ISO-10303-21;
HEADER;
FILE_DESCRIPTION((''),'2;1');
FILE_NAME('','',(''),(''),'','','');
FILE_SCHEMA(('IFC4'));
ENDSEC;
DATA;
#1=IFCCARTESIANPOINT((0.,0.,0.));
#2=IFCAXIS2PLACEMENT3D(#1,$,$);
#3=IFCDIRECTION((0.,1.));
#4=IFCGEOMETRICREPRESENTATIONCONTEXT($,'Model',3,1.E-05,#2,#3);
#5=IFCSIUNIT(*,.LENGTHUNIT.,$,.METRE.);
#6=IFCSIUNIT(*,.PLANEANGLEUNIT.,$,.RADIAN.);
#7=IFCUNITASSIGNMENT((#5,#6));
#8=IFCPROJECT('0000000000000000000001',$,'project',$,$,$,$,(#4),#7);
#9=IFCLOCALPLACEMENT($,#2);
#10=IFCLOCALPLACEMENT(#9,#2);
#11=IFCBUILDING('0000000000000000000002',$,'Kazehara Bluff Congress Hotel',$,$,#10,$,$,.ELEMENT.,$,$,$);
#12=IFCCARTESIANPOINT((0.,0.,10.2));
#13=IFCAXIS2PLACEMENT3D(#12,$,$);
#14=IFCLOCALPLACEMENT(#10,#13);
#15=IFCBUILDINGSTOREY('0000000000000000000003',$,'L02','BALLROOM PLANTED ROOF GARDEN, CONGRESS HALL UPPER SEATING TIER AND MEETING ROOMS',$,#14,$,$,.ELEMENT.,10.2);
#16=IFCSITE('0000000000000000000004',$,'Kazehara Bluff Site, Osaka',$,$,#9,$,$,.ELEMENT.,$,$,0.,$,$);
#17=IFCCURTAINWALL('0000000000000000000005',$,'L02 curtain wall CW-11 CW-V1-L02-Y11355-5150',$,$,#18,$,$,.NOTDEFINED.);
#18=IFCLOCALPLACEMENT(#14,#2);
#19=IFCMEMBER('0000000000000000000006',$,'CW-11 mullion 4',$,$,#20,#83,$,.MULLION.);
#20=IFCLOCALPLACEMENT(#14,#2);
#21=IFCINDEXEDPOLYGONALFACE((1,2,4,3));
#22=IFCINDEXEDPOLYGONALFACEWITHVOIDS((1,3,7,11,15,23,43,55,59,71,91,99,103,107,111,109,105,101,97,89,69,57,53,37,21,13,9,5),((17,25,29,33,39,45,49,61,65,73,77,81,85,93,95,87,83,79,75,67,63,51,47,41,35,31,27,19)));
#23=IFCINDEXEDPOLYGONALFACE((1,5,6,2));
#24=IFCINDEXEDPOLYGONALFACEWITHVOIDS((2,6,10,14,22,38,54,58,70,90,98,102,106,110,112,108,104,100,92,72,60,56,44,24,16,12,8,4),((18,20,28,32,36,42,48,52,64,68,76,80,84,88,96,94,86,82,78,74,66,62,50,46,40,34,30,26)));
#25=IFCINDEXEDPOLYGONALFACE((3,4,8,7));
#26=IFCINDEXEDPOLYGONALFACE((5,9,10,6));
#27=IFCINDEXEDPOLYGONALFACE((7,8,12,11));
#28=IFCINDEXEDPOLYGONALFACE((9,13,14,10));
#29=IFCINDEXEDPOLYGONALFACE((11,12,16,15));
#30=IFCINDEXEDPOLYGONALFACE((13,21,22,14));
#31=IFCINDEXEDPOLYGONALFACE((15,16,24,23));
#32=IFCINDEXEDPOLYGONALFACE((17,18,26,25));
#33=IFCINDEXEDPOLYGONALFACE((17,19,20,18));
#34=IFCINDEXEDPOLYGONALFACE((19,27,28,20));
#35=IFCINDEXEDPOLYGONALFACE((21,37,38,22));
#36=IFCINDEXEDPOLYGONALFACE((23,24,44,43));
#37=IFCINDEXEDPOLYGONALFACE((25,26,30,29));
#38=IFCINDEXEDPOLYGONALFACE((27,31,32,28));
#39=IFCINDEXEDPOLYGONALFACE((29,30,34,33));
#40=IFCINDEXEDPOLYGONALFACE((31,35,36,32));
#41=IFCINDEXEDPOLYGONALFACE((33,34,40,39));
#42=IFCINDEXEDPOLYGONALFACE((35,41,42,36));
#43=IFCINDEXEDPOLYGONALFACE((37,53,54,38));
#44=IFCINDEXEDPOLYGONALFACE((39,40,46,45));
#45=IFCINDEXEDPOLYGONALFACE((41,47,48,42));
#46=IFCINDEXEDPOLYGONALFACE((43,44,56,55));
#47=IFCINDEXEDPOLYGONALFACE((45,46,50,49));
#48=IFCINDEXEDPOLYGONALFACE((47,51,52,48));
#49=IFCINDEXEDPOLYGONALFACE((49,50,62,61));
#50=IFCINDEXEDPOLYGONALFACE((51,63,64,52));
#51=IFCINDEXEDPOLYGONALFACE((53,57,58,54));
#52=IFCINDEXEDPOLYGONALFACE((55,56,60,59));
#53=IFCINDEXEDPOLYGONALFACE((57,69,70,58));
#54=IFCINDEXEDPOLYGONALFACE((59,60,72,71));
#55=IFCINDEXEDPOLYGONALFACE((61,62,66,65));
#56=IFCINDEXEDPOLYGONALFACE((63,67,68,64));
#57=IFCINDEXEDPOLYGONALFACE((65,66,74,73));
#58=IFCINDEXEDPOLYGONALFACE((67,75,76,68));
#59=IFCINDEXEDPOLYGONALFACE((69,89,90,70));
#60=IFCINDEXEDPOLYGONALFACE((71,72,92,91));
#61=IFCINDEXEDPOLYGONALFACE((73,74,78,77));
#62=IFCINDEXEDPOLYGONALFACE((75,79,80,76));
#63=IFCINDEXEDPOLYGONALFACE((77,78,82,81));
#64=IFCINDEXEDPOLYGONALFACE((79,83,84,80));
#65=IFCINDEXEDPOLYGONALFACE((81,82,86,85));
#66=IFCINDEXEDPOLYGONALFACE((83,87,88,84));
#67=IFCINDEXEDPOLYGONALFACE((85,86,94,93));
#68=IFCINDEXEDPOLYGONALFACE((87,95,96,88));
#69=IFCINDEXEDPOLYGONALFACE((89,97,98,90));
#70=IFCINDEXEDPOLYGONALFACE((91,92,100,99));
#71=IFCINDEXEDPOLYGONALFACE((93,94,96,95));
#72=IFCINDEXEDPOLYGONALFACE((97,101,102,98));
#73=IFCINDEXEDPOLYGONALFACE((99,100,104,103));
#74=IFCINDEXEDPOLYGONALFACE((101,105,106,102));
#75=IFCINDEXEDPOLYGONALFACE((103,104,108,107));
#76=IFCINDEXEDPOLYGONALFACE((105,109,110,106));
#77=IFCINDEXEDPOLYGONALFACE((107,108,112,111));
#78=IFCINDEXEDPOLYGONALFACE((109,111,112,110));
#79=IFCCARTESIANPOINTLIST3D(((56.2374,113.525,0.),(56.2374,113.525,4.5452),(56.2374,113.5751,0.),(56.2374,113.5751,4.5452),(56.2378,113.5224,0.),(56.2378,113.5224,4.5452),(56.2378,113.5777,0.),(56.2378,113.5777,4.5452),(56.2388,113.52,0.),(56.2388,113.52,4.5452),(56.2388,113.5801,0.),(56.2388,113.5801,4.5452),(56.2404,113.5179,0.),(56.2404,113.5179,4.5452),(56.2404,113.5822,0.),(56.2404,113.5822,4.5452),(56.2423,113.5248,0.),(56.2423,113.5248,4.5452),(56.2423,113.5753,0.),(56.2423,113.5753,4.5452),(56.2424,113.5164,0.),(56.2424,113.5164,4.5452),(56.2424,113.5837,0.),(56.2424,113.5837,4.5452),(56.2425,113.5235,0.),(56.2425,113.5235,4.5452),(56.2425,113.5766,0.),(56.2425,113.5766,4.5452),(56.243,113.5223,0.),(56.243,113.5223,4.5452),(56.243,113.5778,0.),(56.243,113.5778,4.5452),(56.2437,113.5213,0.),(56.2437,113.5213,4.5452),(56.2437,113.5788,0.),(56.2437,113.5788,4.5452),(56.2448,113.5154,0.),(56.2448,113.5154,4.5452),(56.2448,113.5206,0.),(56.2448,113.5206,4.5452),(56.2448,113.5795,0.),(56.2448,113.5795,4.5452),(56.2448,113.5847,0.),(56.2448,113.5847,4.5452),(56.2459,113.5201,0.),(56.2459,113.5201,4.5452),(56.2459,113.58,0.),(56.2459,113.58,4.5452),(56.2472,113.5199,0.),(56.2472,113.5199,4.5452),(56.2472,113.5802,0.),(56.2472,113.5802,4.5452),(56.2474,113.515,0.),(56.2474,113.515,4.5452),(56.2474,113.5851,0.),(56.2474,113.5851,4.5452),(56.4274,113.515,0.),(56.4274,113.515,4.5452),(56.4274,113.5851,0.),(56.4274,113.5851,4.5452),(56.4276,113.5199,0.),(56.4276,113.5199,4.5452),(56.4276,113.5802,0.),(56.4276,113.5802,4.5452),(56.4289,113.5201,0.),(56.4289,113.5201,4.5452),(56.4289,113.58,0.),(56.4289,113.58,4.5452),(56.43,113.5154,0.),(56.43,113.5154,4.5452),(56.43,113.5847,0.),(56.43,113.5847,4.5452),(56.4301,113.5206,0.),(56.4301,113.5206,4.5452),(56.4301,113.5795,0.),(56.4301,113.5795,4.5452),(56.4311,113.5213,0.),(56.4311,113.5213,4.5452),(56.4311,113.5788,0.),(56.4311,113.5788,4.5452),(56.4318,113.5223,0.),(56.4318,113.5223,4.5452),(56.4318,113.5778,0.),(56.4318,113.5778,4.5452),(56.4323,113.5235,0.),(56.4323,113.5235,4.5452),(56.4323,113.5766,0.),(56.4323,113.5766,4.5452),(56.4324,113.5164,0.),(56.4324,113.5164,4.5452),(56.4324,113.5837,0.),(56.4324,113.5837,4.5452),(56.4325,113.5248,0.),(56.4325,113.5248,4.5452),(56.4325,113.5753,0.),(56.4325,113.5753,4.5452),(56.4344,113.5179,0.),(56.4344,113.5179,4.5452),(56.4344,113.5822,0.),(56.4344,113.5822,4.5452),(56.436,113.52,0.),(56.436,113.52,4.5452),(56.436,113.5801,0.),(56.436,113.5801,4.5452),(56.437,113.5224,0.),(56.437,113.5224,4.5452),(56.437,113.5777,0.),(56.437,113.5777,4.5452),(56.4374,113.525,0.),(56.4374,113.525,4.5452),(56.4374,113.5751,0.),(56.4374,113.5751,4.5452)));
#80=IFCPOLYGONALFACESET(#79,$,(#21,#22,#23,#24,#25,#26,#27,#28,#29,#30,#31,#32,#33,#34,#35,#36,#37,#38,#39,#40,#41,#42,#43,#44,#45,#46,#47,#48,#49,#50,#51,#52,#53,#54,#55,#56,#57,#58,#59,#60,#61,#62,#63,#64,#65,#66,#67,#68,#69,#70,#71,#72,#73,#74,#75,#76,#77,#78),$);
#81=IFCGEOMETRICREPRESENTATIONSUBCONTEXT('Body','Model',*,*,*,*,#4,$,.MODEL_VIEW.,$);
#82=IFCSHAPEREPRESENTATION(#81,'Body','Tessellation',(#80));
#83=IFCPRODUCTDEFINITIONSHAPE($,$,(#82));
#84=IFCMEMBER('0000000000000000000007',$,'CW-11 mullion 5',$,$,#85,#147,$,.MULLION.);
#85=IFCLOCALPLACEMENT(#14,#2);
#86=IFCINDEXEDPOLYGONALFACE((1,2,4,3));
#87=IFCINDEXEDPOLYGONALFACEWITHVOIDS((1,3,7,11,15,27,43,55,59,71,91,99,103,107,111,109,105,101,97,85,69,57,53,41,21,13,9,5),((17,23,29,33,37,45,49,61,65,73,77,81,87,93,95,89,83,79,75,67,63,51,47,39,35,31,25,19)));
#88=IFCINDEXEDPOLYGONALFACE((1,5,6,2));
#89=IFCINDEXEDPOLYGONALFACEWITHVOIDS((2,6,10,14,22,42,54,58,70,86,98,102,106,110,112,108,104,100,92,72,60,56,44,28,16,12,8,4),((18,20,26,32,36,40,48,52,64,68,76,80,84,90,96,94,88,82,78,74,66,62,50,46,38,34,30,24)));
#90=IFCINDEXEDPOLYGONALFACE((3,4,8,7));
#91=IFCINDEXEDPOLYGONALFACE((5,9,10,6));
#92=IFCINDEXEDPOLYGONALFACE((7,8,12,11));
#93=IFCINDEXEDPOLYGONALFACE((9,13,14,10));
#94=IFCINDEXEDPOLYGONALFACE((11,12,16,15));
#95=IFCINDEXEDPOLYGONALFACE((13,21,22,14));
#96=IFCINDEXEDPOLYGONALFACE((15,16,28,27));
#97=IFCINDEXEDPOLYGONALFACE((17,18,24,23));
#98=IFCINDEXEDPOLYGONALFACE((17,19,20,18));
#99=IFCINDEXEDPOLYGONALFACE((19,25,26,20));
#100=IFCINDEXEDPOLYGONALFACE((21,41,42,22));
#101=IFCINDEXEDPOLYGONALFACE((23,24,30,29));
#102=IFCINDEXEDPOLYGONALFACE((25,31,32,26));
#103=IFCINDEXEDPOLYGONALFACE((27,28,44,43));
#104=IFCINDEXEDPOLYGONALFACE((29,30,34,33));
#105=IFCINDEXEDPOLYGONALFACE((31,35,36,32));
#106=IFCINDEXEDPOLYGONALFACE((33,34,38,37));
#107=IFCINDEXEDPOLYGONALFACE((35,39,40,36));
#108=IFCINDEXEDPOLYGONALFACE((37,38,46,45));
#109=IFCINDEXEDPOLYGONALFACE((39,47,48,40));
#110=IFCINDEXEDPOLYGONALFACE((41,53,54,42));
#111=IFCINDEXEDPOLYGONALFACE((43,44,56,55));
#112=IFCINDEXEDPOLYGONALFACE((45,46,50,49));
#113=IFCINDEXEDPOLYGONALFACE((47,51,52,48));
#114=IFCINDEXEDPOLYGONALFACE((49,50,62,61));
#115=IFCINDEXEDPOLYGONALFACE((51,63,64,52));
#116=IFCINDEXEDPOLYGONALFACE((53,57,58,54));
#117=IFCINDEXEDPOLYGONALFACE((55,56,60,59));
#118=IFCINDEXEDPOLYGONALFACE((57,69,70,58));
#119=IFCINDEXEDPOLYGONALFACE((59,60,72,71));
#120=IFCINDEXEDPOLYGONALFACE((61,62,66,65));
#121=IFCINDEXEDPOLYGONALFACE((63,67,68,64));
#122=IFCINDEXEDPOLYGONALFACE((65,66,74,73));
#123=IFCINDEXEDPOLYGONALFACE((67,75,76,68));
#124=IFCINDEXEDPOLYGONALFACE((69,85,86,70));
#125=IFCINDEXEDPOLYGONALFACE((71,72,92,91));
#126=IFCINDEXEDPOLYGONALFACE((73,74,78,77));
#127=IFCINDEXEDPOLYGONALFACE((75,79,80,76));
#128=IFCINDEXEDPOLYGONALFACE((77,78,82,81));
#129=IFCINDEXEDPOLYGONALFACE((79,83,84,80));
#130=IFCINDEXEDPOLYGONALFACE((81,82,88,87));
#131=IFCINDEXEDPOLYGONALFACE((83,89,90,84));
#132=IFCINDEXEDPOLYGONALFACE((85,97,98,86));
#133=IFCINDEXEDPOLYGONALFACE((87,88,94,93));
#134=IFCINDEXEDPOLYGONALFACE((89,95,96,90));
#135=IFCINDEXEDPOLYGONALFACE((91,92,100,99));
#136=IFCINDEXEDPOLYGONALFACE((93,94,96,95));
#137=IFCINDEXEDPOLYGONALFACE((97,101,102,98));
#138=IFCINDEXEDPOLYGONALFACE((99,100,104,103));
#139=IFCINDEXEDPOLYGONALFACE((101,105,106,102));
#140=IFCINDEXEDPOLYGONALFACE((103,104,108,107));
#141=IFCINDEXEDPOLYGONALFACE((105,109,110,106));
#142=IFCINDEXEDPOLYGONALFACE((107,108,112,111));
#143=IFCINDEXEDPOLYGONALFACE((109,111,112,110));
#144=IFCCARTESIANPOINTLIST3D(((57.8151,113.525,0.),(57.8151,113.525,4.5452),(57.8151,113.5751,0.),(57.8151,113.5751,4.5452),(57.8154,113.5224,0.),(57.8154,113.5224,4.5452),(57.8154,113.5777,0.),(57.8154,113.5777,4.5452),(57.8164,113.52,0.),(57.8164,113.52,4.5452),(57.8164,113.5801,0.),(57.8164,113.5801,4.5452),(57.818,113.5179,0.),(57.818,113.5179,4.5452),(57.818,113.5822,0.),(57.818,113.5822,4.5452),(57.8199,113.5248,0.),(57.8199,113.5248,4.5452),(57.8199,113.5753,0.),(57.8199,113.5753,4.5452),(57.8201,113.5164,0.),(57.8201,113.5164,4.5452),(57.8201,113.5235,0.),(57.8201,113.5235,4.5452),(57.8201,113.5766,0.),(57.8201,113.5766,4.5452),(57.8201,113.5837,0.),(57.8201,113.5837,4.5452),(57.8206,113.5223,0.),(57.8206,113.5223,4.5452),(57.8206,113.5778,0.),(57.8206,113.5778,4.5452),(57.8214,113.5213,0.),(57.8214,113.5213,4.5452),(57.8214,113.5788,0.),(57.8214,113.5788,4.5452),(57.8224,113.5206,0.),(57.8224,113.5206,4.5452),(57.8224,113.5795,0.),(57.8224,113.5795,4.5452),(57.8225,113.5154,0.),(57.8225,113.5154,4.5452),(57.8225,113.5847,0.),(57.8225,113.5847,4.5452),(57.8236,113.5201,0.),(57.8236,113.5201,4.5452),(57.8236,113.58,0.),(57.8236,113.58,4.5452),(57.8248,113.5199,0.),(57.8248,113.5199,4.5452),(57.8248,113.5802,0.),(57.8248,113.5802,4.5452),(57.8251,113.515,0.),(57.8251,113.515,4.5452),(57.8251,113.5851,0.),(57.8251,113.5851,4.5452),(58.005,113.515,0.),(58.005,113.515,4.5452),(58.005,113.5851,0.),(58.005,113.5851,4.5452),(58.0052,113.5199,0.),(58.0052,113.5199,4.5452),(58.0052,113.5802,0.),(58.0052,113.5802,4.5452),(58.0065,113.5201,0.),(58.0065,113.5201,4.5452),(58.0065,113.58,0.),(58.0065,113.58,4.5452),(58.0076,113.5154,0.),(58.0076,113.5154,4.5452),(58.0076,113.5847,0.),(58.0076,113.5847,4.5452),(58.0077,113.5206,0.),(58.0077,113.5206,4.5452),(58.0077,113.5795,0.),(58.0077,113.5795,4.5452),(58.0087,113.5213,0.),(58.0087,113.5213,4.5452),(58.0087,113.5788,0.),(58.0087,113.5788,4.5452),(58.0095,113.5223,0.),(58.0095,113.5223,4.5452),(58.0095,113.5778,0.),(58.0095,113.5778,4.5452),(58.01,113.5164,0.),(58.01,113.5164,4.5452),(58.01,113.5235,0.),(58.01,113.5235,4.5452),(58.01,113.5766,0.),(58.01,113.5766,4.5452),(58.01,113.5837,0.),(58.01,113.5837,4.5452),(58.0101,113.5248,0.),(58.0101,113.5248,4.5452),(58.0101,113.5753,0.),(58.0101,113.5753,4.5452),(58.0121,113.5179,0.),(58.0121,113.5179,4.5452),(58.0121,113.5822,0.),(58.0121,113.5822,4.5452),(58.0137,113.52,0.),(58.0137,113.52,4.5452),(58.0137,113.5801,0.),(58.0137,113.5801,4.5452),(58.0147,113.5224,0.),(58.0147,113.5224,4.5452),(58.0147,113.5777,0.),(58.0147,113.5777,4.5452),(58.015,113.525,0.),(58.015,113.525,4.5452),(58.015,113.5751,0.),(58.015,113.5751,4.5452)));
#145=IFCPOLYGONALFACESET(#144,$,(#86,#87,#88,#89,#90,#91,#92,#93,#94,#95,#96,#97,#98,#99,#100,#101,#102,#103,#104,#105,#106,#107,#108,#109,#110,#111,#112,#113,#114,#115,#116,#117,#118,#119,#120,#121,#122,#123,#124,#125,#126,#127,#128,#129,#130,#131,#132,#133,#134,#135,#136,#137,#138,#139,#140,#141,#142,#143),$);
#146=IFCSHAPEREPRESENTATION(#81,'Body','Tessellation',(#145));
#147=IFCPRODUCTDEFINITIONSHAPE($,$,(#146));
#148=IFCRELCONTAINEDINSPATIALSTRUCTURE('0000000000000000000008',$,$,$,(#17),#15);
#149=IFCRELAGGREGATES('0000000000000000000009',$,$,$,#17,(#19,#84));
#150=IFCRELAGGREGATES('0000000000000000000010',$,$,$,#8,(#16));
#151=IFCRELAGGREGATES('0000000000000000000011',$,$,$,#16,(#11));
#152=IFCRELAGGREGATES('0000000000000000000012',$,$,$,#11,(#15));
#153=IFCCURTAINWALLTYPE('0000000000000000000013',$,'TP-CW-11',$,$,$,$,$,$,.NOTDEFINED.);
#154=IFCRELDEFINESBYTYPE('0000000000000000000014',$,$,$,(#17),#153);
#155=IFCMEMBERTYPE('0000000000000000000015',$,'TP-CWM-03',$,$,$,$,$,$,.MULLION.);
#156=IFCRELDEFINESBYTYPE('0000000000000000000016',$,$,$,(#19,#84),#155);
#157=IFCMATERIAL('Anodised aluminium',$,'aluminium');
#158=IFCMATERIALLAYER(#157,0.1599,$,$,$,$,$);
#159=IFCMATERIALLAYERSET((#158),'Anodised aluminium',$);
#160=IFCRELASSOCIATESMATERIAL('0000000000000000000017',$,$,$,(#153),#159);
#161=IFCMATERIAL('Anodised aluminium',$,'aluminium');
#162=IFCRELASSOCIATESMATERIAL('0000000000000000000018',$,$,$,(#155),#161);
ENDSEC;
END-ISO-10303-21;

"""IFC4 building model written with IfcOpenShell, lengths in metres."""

from ifc_helpers import new_model, si_unit, direction, frame, origin, origin_2d, place, context, subcontext, project, spatial, hollow_rectangle, extrude, material, layer, layer_set, material_profile, profile_set, type_object, element, aggregate, save


model = new_model("IFC4")

# Units and contexts
model_context = context("Model", 3, precision=1e-05, world=origin(), true_north=direction((0.0, 1.0)))
body_context = subcontext(model_context, "Body", "Model", "MODEL_VIEW")
ifc_project = project(units=[si_unit("LENGTHUNIT", "METRE"), si_unit("PLANEANGLEUNIT", "RADIAN")], contexts=[model_context])

# Site, building, storey
site_placement = place(None, origin())
site = spatial("IfcSite", under=ifc_project, at=site_placement, Name="Kazehara Bluff Site, Osaka", CompositionType="ELEMENT", RefElevation=0.0)
building_placement = place(site_placement, origin())
building = spatial("IfcBuilding", under=site, at=building_placement, Name="Kazehara Bluff Congress Hotel", CompositionType="ELEMENT")
storey_placement = place(building_placement, frame((0.0, 0.0, 10.2)))
storey = spatial("IfcBuildingStorey", under=building, at=storey_placement, Name="L02", Description="BALLROOM PLANTED ROOF GARDEN, CONGRESS HALL UPPER SEATING TIER AND MEETING ROOMS", CompositionType="ELEMENT", Elevation=10.2)

# Curtain wall, members
ifc_material_1 = material(Name="Anodised aluminium", Category="aluminium")
ifc_layer_1 = layer(ifc_material_1, 0.1599)
ifc_layer_set_1 = layer_set([ifc_layer_1], Name="Anodised aluminium")
curtain_wall_type = type_object("IfcCurtainWallType", Name="TP-CW-11", PredefinedType="NOTDEFINED", material=ifc_layer_set_1)
curtain_wall_placement = place(storey_placement, origin())
curtain_wall = element("IfcCurtainWall", 1, at=curtain_wall_placement, inside=storey, type_object=curtain_wall_type, Name="L02 curtain wall CW-11 CW-V1-L02-Y11355-5150", PredefinedType="NOTDEFINED")
ifc_material_2 = material(Name="Anodised aluminium", Category="aluminium")
ifc_material_profile_1 = material_profile(ifc_material_2, hollow_rectangle(XDim=0.0701, YDim=0.2, WallThickness=0.0049, InnerFilletRadius=0.0049, OuterFilletRadius=0.01, at=origin_2d()))
ifc_profile_set_1 = profile_set([ifc_material_profile_1], Name="Anodised aluminium")
member_type_1 = type_object("IfcMemberType", Name="TP-CWM-03", PredefinedType="MULLION", material=ifc_profile_set_1)
member_1_placement = place(storey_placement, frame((56.3374, 113.55, 0.0), z_axis=(0.0, 0.0, 1.0), x_axis=(0.0, 1.0, 0.0)))
member_1 = element("IfcMember", 2, at=member_1_placement, type_object=member_type_1, Name="CW-11 mullion 4", PredefinedType="MULLION", context=body_context, shape_type="SweptSolid", body=[
    extrude(hollow_rectangle(XDim=0.0701, YDim=0.2, WallThickness=0.0049, InnerFilletRadius=0.0049, OuterFilletRadius=0.01, at=origin_2d()), origin(), (0.0, 0.0, 1.0), 4.5452),
])
member_2_placement = place(storey_placement, frame((57.915, 113.55, 0.0), z_axis=(0.0, 0.0, 1.0), x_axis=(0.0, 1.0, 0.0)))
member_2 = element("IfcMember", 3, at=member_2_placement, type_object=member_type_1, Name="CW-11 mullion 5", PredefinedType="MULLION", context=body_context, shape_type="SweptSolid", body=[
    extrude(hollow_rectangle(XDim=0.0701, YDim=0.2, WallThickness=0.0049, InnerFilletRadius=0.0049, OuterFilletRadius=0.01, at=origin_2d()), origin(), (0.0, 0.0, 1.0), 4.5452),
])
aggregate(curtain_wall, [member_1, member_2])

save(model, "model.ifc")
